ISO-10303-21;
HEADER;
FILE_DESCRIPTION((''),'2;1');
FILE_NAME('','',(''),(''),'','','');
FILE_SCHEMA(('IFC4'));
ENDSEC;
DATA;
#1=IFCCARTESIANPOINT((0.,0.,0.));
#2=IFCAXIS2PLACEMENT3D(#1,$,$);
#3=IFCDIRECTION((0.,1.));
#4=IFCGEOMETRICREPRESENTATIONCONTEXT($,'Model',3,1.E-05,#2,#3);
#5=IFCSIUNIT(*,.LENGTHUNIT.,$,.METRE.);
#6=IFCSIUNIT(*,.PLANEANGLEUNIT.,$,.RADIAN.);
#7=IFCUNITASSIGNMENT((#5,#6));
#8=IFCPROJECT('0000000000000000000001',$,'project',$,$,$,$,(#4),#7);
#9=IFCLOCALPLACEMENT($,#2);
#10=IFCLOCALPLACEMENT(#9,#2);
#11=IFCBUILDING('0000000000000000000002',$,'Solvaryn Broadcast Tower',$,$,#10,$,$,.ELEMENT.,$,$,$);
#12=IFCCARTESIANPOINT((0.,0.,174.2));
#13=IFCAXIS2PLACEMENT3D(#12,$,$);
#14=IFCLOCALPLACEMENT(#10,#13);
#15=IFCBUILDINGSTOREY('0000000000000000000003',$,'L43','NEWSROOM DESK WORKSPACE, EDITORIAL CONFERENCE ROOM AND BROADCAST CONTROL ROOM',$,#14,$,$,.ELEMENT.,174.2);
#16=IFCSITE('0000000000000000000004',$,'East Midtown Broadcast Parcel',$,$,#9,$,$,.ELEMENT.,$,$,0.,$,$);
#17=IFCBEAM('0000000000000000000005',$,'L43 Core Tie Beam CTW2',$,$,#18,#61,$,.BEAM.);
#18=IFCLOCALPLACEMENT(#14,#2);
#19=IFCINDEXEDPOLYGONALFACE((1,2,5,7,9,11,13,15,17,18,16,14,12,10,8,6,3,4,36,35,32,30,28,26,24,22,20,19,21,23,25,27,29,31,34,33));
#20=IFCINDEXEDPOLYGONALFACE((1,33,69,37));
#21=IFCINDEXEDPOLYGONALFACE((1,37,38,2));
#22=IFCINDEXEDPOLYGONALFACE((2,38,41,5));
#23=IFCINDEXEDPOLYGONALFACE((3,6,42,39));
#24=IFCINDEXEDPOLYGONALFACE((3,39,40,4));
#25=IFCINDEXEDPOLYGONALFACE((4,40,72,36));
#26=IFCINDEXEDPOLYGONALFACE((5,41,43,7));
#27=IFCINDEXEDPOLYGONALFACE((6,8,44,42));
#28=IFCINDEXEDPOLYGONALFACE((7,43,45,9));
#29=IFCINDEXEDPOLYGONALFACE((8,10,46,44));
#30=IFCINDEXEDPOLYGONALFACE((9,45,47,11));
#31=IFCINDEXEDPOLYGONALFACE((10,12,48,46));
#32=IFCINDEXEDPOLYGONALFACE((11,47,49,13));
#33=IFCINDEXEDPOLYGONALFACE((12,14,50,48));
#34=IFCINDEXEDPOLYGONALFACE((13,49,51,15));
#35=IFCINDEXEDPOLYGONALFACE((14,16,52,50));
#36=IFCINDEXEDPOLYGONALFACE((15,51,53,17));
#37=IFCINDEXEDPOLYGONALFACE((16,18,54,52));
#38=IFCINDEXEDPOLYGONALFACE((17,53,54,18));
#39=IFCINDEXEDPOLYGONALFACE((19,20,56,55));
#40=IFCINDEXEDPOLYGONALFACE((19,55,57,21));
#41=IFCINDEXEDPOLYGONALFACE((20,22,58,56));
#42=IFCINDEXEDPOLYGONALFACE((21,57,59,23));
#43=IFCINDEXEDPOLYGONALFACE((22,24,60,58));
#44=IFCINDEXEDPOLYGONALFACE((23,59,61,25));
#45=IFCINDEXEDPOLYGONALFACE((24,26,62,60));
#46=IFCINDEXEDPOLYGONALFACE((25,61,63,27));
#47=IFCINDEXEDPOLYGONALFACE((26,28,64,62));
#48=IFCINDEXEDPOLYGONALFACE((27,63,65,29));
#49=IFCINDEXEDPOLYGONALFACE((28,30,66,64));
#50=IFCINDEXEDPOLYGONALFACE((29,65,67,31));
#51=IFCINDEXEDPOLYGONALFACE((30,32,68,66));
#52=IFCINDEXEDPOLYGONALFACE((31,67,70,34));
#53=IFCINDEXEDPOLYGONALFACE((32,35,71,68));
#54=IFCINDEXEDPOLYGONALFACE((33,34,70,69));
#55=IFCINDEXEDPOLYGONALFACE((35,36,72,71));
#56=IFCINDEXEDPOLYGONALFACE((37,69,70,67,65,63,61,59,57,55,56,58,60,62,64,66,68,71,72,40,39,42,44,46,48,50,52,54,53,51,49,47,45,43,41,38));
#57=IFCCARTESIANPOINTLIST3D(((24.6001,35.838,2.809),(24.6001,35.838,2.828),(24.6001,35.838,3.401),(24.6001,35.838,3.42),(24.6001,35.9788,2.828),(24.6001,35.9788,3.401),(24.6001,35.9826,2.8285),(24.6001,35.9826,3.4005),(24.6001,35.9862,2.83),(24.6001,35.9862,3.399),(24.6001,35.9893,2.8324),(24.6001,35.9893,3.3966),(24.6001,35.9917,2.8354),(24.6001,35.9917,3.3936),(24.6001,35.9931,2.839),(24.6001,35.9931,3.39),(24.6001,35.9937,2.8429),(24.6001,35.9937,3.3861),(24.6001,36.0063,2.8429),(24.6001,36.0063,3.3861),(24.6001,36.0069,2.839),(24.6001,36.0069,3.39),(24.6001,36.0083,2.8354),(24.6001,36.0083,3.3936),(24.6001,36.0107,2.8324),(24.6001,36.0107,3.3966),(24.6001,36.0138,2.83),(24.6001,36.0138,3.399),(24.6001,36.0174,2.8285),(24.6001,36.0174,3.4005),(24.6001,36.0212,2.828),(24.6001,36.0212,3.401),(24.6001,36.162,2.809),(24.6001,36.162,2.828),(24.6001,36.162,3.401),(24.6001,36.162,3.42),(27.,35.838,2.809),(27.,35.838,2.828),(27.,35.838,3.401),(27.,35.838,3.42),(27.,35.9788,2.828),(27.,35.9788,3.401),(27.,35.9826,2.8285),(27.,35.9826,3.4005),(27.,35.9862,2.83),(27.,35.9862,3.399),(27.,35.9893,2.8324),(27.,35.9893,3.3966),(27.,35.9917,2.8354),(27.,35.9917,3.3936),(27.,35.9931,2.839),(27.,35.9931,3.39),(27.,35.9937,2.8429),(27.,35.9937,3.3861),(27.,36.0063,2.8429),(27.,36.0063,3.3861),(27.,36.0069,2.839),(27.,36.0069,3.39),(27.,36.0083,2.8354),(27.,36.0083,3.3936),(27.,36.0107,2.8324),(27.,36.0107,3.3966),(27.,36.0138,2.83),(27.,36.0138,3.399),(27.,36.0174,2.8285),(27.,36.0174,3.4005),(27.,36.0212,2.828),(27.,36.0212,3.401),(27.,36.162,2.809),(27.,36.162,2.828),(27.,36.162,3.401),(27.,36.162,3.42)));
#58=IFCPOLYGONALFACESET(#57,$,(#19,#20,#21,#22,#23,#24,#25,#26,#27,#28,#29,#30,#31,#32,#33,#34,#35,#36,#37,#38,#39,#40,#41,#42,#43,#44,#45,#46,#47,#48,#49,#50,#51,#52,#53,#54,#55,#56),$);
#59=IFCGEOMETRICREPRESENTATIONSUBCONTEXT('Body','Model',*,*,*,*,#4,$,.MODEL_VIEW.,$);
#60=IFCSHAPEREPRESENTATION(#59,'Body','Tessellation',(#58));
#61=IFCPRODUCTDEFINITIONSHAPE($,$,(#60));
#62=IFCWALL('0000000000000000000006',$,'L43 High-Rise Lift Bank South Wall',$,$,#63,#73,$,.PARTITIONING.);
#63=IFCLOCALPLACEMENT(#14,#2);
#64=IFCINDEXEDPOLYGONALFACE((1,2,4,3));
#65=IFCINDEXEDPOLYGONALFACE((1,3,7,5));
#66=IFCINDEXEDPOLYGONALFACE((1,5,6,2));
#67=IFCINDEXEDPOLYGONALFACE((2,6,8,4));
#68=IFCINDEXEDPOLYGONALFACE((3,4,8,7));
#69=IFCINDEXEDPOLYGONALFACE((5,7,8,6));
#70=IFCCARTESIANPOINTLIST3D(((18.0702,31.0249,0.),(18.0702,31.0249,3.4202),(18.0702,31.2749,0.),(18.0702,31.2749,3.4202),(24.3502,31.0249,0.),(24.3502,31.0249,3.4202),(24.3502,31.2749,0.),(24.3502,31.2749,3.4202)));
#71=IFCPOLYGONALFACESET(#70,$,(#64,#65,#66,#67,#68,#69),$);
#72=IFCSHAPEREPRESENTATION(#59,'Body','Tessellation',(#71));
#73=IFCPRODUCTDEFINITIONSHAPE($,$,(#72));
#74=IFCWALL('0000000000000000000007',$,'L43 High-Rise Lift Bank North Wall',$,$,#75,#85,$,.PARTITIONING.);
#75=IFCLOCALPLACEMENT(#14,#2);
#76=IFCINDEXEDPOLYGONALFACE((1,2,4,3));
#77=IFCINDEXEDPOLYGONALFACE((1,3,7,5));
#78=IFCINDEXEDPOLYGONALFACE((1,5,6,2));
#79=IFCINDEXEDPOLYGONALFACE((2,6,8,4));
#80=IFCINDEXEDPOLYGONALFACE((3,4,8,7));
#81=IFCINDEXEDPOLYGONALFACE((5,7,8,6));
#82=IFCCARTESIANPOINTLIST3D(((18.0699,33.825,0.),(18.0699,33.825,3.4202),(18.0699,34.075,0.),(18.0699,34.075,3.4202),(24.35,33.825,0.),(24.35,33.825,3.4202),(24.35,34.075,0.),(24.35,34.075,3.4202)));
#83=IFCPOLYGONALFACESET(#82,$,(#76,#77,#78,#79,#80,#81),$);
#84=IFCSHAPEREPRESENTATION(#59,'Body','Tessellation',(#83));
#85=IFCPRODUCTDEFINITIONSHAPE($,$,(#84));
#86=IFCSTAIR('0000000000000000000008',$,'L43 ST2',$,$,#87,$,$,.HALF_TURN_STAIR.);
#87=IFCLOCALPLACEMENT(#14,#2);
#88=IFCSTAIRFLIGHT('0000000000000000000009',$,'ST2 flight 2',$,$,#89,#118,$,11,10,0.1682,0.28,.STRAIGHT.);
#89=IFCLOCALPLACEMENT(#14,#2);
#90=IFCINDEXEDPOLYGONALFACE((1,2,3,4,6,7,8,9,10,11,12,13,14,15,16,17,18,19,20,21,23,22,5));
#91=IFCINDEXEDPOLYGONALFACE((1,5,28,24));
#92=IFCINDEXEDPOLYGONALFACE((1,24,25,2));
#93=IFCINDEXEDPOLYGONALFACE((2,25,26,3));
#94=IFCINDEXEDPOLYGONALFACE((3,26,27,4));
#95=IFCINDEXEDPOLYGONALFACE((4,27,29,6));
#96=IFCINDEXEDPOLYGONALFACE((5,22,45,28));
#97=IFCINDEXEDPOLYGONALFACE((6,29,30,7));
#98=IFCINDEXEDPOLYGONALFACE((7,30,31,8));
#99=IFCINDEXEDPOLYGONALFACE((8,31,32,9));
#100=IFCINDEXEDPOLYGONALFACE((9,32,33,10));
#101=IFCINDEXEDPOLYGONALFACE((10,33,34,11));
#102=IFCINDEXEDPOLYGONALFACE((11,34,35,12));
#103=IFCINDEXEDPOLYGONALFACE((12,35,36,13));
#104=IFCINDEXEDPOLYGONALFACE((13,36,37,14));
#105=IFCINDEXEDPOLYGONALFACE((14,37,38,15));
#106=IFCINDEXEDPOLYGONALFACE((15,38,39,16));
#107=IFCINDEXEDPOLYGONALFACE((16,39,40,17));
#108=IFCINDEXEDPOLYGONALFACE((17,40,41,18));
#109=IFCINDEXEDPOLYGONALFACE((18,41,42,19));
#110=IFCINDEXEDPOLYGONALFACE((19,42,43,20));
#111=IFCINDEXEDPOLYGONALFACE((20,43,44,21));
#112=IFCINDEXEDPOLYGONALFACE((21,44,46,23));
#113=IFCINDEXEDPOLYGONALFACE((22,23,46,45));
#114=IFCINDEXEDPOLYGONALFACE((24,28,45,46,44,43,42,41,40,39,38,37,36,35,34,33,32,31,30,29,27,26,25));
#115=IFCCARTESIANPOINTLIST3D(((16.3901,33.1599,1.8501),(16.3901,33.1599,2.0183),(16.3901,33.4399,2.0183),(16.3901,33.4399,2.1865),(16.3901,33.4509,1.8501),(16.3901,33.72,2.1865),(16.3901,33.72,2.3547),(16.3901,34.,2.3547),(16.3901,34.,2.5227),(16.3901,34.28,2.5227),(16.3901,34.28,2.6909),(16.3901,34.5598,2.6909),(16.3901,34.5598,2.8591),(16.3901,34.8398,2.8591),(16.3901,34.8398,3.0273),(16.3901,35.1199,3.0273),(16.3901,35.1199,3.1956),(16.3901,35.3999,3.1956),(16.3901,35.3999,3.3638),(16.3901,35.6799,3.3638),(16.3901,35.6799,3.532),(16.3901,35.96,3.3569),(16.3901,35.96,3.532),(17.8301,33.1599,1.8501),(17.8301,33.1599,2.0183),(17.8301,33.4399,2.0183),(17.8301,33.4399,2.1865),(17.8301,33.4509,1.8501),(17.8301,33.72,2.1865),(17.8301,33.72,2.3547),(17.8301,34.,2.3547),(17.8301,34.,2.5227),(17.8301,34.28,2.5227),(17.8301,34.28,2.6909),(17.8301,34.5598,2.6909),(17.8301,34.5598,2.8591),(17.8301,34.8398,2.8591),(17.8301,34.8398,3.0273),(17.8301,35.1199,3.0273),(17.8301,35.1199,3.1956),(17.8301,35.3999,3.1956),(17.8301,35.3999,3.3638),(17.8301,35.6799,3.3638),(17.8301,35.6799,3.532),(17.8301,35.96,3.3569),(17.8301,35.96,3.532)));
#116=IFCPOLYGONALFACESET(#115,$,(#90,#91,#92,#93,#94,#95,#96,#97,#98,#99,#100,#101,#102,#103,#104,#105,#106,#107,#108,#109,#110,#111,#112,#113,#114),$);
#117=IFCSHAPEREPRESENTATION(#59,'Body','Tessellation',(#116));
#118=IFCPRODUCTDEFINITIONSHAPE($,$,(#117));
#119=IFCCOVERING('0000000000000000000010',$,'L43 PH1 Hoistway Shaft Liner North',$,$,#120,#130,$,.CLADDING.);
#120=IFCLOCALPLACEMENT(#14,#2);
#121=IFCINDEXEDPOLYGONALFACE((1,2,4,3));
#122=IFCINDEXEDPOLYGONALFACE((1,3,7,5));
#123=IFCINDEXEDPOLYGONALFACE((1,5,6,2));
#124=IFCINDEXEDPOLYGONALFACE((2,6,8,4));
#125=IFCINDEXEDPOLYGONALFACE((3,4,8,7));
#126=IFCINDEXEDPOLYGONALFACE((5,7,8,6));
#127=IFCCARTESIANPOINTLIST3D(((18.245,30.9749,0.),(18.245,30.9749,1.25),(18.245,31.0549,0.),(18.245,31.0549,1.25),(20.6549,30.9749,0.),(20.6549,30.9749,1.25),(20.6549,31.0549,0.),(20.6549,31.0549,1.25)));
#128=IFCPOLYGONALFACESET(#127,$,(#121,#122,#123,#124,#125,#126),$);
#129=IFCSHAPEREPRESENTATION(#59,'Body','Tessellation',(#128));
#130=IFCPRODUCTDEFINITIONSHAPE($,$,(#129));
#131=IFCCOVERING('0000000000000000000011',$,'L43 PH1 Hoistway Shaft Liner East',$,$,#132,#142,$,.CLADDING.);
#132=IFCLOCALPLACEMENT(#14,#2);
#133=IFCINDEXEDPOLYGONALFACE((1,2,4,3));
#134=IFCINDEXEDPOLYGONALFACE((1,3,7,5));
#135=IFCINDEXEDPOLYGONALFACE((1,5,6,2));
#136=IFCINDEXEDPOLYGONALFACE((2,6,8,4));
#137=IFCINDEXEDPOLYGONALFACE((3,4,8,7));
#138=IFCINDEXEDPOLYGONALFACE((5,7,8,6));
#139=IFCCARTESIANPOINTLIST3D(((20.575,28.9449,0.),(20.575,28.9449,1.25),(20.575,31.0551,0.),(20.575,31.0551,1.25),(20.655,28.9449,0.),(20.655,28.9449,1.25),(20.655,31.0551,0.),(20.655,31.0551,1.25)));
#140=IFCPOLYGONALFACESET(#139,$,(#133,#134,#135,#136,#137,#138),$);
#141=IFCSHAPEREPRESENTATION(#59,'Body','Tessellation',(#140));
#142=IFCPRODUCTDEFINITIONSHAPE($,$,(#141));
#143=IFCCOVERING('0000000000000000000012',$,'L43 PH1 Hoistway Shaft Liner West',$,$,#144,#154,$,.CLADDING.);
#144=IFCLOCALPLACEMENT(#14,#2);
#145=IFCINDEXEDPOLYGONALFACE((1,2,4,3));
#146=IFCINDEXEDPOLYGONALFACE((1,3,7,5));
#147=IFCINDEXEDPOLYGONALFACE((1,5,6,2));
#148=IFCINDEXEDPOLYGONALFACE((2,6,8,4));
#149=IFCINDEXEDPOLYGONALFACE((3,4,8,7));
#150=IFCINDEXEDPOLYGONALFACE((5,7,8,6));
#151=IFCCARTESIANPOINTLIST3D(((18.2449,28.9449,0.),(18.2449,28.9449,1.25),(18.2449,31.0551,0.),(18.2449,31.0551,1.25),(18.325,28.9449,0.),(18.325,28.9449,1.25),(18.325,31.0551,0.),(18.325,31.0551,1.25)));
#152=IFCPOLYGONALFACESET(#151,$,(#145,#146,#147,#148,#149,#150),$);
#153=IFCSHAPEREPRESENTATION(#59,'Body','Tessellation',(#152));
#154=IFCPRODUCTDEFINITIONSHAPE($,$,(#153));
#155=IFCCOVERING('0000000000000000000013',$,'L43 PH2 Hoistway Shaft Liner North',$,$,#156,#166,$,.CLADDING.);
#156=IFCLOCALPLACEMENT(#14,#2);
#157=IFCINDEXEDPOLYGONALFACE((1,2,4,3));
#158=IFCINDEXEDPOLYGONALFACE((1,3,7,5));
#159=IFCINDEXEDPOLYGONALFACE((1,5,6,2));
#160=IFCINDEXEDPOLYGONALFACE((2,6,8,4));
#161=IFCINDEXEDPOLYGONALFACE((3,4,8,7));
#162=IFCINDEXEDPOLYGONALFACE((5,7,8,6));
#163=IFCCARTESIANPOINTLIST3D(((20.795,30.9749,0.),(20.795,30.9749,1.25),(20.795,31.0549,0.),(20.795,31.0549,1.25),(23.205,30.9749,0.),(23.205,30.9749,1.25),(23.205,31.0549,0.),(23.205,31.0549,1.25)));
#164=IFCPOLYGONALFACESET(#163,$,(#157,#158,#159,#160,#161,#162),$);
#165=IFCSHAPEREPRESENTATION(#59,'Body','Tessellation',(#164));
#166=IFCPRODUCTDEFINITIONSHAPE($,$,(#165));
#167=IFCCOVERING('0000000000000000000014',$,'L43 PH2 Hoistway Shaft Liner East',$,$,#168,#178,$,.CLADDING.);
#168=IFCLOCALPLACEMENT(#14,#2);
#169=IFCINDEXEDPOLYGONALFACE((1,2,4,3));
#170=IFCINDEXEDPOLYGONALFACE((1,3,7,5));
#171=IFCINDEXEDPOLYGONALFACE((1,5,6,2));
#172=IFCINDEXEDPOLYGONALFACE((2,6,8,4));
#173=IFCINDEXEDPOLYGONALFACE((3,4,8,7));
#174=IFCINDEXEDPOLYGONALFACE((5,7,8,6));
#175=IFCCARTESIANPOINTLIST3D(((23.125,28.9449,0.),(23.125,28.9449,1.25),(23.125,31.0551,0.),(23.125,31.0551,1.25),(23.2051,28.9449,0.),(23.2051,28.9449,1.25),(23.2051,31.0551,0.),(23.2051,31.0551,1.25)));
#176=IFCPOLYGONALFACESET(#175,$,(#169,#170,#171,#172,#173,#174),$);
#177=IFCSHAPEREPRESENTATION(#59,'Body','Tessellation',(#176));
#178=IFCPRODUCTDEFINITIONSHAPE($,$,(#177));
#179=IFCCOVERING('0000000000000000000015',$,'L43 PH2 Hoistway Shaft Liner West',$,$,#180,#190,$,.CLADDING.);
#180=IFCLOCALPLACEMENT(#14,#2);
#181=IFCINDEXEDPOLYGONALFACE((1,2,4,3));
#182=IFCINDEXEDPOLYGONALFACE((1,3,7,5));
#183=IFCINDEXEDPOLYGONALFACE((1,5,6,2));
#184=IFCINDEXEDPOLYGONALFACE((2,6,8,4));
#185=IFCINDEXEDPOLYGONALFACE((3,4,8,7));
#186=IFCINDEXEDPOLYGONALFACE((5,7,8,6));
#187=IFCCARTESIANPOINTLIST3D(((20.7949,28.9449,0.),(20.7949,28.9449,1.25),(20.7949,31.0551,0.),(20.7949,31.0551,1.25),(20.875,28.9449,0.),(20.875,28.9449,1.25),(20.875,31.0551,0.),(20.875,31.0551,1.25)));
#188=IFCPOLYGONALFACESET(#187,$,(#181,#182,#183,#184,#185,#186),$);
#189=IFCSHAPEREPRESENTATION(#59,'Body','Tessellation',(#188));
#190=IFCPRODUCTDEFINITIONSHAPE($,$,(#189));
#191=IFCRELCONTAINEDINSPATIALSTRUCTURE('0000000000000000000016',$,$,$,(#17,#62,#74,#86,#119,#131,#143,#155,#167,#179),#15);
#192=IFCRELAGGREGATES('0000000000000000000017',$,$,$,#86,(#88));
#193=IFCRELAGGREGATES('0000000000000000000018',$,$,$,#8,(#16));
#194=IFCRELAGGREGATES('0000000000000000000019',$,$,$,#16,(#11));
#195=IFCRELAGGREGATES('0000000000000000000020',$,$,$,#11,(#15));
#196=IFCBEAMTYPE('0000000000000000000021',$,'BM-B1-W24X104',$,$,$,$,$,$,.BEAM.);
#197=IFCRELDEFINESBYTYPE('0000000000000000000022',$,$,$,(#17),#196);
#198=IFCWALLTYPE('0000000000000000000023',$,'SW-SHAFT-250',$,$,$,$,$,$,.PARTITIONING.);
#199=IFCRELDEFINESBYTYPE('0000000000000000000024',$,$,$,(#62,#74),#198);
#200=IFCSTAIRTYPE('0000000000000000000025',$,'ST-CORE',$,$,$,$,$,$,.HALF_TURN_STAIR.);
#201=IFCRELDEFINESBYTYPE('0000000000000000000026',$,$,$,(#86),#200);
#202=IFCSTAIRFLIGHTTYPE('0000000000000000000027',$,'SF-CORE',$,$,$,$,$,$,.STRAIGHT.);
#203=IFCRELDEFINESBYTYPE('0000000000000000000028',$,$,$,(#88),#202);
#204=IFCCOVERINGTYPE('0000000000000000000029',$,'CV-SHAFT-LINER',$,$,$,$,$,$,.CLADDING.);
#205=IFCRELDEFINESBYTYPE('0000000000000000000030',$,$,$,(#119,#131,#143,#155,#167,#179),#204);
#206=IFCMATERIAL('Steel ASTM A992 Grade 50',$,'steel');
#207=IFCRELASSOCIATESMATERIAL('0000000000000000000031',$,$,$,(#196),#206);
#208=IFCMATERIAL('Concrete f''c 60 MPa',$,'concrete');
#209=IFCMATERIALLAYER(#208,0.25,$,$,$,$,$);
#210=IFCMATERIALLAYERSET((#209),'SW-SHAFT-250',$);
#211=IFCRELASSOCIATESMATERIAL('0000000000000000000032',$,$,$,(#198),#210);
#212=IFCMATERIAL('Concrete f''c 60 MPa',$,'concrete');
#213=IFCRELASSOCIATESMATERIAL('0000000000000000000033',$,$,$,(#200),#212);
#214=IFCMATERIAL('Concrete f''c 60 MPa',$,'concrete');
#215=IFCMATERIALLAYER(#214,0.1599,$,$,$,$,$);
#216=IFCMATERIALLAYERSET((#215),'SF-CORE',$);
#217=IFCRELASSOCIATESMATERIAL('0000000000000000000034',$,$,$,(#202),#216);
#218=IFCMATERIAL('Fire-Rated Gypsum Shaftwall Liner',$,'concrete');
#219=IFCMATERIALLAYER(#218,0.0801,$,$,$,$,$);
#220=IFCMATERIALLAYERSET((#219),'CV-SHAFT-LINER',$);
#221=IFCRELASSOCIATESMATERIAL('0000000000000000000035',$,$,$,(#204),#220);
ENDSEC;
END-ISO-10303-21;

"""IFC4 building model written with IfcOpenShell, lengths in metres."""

from ifc_helpers import new_model, si_unit, direction, frame, frame_2d, origin, origin_2d, place, context, subcontext, project, spatial, polyline, rectangle, i_section, outline, extrude, material, layer, layer_set, material_profile, profile_set, type_object, element, aggregate, save


model = new_model("IFC4")

# Units and contexts
model_context = context("Model", 3, precision=1e-05, world=origin(), true_north=direction((0.0, 1.0)))
body_context = subcontext(model_context, "Body", "Model", "MODEL_VIEW")
ifc_project = project(units=[si_unit("LENGTHUNIT", "METRE"), si_unit("PLANEANGLEUNIT", "RADIAN")], contexts=[model_context])

# Site, building, storey
site_placement = place(None, origin())
site = spatial("IfcSite", under=ifc_project, at=site_placement, Name="East Midtown Broadcast Parcel", CompositionType="ELEMENT", RefElevation=0.0)
building_placement = place(site_placement, origin())
building = spatial("IfcBuilding", under=site, at=building_placement, Name="Solvaryn Broadcast Tower", CompositionType="ELEMENT")
storey_placement = place(building_placement, frame((0.0, 0.0, 174.2)))
storey = spatial("IfcBuildingStorey", under=building, at=storey_placement, Name="L43", Description="NEWSROOM DESK WORKSPACE, EDITORIAL CONFERENCE ROOM AND BROADCAST CONTROL ROOM", CompositionType="ELEMENT", Elevation=174.2)

# Beam
ifc_material_1 = material(Name="Steel ASTM A992 Grade 50", Category="steel")
ifc_material_profile = material_profile(ifc_material_1, i_section(OverallWidth=0.324, OverallDepth=0.6111, WebThickness=0.0127, FlangeThickness=0.019, FilletRadius=0.0149, at=origin_2d()))
ifc_profile_set = profile_set([ifc_material_profile], Name="Steel ASTM A992 Grade 50")
beam_type = type_object("IfcBeamType", Name="BM-B1-W24X104", PredefinedType="BEAM", material=ifc_profile_set)
beam_placement = place(storey_placement, frame((24.6001, 36.0, 3.1145), z_axis=(1.0, 0.0, 0.0), x_axis=(0.0, 1.0, 0.0)))
element("IfcBeam", 1, at=beam_placement, inside=storey, type_object=beam_type, Name="L43 Core Tie Beam CTW2", PredefinedType="BEAM", context=body_context, shape_type="SweptSolid", body=[
    extrude(i_section(OverallWidth=0.324, OverallDepth=0.6111, WebThickness=0.0127, FlangeThickness=0.019, FilletRadius=0.0149, at=origin_2d()), origin(), (0.0, 0.0, 1.0), 2.3999),
])

# Walls
ifc_material_2 = material(Name="Concrete f'c 60 MPa", Category="concrete")
ifc_layer_1 = layer(ifc_material_2, 0.25)
ifc_layer_set_1 = layer_set([ifc_layer_1], Name="SW-SHAFT-250")
wall_type = type_object("IfcWallType", Name="SW-SHAFT-250", PredefinedType="PARTITIONING", material=ifc_layer_set_1)
for number, where, z_axis, x_axis, name in (
    (2, (18.0701, 31.1499, 0.0), (0.0, 0.0, 1.0), (1.0, 0.0, 0.0), "L43 High-Rise Lift Bank South Wall"),
    (3, (24.3501, 33.95, 0.0), (0.0, 0.0, 1.0), (-1.0, 0.0, 0.0), "L43 High-Rise Lift Bank North Wall"),
):
    element("IfcWall", number, at=place(storey_placement, frame(where, z_axis=z_axis, x_axis=x_axis)), inside=storey, type_object=wall_type, Name=name, PredefinedType="PARTITIONING", context=body_context, shape_type="SweptSolid", body=[
        extrude(rectangle(XDim=6.28, YDim=0.25, at=frame_2d((3.1401, 0.0))), origin(), (0.0, 0.0, 1.0), 3.4202),
    ])

# Stair, stair flight
ifc_material_3 = material(Name="Concrete f'c 60 MPa", Category="concrete")
stair_type = type_object("IfcStairType", Name="ST-CORE", PredefinedType="HALF_TURN_STAIR", material=ifc_material_3)
stair_placement = place(storey_placement, origin())
stair = element("IfcStair", 4, at=stair_placement, inside=storey, type_object=stair_type, Name="L43 ST2", PredefinedType="HALF_TURN_STAIR")
ifc_material_4 = material(Name="Concrete f'c 60 MPa", Category="concrete")
ifc_layer_2 = layer(ifc_material_4, 0.1599)
ifc_layer_set_2 = layer_set([ifc_layer_2], Name="SF-CORE")
stair_flight_type = type_object("IfcStairFlightType", Name="SF-CORE", PredefinedType="STRAIGHT", material=ifc_layer_set_2)
stair_flight_placement = place(storey_placement, frame((17.1101, 33.1599, 1.8501), z_axis=(0.0, 0.0, 1.0), x_axis=(0.0, 1.0, 0.0)))
stair_flight = element("IfcStairFlight", 5, at=stair_flight_placement, type_object=stair_flight_type, Name="ST2 flight 2", NumberOfRisers=11, NumberOfTreads=10, PredefinedType="STRAIGHT", RiserHeight=0.1682, TreadLength=0.28, context=body_context, shape_type="SweptSolid", body=[
    extrude(outline(polyline([(0.0, 0.0), (0.0, 0.1682), (0.28, 0.1682), (0.28, 0.3364), (0.5601, 0.3364), (0.5601, 0.5046), (0.8401, 0.5046), (0.8401, 0.6726), (1.1201, 0.6726), (1.1201, 0.8408), (1.3999, 0.8408), (1.3999, 1.009), (1.6799, 1.009), (1.6799, 1.1772), (1.96, 1.1772), (1.96, 1.3455), (2.24, 1.3455), (2.24, 1.5137), (2.52, 1.5137), (2.52, 1.6819), (2.8, 1.6819), (2.8, 1.8501), (2.8, 1.5068), (0.291, 0.0), (0.0, 0.0)])), frame((0.0, 0.72, 0.0), z_axis=(0.0, -1.0, 0.0), x_axis=(1.0, 0.0, 0.0)), (0.0, 0.0, 1.0), 1.4399),
])
aggregate(stair, [stair_flight])

# Coverings
ifc_material_5 = material(Name="Fire-Rated Gypsum Shaftwall Liner", Category="concrete")
ifc_layer_3 = layer(ifc_material_5, 0.0801)
ifc_layer_set_3 = layer_set([ifc_layer_3], Name="CV-SHAFT-LINER")
covering_type = type_object("IfcCoveringType", Name="CV-SHAFT-LINER", PredefinedType="CLADDING", material=ifc_layer_set_3)
covering_1_placement = place(storey_placement, frame((19.45, 31.0149, 0.0), z_axis=(0.0, 0.0, 1.0), x_axis=(1.0, 0.0, 0.0)))
element("IfcCovering", 6, at=covering_1_placement, inside=storey, type_object=covering_type, Name="L43 PH1 Hoistway Shaft Liner North", PredefinedType="CLADDING", context=body_context, shape_type="SweptSolid", body=[
    extrude(rectangle(XDim=2.4099, YDim=0.0801, at=origin_2d()), origin(), (0.0, 0.0, 1.0), 1.25),
])
for number, where, z_axis, x_axis, name in (
    (7, (20.615, 30.0, 0.0), (0.0, 0.0, 1.0), (1.0, 0.0, 0.0), "L43 PH1 Hoistway Shaft Liner East"),
    (8, (18.2849, 30.0, 0.0), (0.0, 0.0, 1.0), (1.0, 0.0, 0.0), "L43 PH1 Hoistway Shaft Liner West"),
):
    element("IfcCovering", number, at=place(storey_placement, frame(where, z_axis=z_axis, x_axis=x_axis)), inside=storey, type_object=covering_type, Name=name, PredefinedType="CLADDING", context=body_context, shape_type="SweptSolid", body=[
        extrude(rectangle(XDim=0.0801, YDim=2.1101, at=origin_2d()), origin(), (0.0, 0.0, 1.0), 1.25),
    ])
covering_2_placement = place(storey_placement, frame((22.0, 31.0149, 0.0), z_axis=(0.0, 0.0, 1.0), x_axis=(1.0, 0.0, 0.0)))
element("IfcCovering", 9, at=covering_2_placement, inside=storey, type_object=covering_type, Name="L43 PH2 Hoistway Shaft Liner North", PredefinedType="CLADDING", context=body_context, shape_type="SweptSolid", body=[
    extrude(rectangle(XDim=2.4099, YDim=0.0801, at=origin_2d()), origin(), (0.0, 0.0, 1.0), 1.25),
])
for number, where, z_axis, x_axis, name in (
    (10, (23.165, 30.0, 0.0), (0.0, 0.0, 1.0), (1.0, 0.0, 0.0), "L43 PH2 Hoistway Shaft Liner East"),
    (11, (20.835, 30.0, 0.0), (0.0, 0.0, 1.0), (1.0, 0.0, 0.0), "L43 PH2 Hoistway Shaft Liner West"),
):
    element("IfcCovering", number, at=place(storey_placement, frame(where, z_axis=z_axis, x_axis=x_axis)), inside=storey, type_object=covering_type, Name=name, PredefinedType="CLADDING", context=body_context, shape_type="SweptSolid", body=[
        extrude(rectangle(XDim=0.0801, YDim=2.1101, at=origin_2d()), origin(), (0.0, 0.0, 1.0), 1.25),
    ])

save(model, "model.ifc")
